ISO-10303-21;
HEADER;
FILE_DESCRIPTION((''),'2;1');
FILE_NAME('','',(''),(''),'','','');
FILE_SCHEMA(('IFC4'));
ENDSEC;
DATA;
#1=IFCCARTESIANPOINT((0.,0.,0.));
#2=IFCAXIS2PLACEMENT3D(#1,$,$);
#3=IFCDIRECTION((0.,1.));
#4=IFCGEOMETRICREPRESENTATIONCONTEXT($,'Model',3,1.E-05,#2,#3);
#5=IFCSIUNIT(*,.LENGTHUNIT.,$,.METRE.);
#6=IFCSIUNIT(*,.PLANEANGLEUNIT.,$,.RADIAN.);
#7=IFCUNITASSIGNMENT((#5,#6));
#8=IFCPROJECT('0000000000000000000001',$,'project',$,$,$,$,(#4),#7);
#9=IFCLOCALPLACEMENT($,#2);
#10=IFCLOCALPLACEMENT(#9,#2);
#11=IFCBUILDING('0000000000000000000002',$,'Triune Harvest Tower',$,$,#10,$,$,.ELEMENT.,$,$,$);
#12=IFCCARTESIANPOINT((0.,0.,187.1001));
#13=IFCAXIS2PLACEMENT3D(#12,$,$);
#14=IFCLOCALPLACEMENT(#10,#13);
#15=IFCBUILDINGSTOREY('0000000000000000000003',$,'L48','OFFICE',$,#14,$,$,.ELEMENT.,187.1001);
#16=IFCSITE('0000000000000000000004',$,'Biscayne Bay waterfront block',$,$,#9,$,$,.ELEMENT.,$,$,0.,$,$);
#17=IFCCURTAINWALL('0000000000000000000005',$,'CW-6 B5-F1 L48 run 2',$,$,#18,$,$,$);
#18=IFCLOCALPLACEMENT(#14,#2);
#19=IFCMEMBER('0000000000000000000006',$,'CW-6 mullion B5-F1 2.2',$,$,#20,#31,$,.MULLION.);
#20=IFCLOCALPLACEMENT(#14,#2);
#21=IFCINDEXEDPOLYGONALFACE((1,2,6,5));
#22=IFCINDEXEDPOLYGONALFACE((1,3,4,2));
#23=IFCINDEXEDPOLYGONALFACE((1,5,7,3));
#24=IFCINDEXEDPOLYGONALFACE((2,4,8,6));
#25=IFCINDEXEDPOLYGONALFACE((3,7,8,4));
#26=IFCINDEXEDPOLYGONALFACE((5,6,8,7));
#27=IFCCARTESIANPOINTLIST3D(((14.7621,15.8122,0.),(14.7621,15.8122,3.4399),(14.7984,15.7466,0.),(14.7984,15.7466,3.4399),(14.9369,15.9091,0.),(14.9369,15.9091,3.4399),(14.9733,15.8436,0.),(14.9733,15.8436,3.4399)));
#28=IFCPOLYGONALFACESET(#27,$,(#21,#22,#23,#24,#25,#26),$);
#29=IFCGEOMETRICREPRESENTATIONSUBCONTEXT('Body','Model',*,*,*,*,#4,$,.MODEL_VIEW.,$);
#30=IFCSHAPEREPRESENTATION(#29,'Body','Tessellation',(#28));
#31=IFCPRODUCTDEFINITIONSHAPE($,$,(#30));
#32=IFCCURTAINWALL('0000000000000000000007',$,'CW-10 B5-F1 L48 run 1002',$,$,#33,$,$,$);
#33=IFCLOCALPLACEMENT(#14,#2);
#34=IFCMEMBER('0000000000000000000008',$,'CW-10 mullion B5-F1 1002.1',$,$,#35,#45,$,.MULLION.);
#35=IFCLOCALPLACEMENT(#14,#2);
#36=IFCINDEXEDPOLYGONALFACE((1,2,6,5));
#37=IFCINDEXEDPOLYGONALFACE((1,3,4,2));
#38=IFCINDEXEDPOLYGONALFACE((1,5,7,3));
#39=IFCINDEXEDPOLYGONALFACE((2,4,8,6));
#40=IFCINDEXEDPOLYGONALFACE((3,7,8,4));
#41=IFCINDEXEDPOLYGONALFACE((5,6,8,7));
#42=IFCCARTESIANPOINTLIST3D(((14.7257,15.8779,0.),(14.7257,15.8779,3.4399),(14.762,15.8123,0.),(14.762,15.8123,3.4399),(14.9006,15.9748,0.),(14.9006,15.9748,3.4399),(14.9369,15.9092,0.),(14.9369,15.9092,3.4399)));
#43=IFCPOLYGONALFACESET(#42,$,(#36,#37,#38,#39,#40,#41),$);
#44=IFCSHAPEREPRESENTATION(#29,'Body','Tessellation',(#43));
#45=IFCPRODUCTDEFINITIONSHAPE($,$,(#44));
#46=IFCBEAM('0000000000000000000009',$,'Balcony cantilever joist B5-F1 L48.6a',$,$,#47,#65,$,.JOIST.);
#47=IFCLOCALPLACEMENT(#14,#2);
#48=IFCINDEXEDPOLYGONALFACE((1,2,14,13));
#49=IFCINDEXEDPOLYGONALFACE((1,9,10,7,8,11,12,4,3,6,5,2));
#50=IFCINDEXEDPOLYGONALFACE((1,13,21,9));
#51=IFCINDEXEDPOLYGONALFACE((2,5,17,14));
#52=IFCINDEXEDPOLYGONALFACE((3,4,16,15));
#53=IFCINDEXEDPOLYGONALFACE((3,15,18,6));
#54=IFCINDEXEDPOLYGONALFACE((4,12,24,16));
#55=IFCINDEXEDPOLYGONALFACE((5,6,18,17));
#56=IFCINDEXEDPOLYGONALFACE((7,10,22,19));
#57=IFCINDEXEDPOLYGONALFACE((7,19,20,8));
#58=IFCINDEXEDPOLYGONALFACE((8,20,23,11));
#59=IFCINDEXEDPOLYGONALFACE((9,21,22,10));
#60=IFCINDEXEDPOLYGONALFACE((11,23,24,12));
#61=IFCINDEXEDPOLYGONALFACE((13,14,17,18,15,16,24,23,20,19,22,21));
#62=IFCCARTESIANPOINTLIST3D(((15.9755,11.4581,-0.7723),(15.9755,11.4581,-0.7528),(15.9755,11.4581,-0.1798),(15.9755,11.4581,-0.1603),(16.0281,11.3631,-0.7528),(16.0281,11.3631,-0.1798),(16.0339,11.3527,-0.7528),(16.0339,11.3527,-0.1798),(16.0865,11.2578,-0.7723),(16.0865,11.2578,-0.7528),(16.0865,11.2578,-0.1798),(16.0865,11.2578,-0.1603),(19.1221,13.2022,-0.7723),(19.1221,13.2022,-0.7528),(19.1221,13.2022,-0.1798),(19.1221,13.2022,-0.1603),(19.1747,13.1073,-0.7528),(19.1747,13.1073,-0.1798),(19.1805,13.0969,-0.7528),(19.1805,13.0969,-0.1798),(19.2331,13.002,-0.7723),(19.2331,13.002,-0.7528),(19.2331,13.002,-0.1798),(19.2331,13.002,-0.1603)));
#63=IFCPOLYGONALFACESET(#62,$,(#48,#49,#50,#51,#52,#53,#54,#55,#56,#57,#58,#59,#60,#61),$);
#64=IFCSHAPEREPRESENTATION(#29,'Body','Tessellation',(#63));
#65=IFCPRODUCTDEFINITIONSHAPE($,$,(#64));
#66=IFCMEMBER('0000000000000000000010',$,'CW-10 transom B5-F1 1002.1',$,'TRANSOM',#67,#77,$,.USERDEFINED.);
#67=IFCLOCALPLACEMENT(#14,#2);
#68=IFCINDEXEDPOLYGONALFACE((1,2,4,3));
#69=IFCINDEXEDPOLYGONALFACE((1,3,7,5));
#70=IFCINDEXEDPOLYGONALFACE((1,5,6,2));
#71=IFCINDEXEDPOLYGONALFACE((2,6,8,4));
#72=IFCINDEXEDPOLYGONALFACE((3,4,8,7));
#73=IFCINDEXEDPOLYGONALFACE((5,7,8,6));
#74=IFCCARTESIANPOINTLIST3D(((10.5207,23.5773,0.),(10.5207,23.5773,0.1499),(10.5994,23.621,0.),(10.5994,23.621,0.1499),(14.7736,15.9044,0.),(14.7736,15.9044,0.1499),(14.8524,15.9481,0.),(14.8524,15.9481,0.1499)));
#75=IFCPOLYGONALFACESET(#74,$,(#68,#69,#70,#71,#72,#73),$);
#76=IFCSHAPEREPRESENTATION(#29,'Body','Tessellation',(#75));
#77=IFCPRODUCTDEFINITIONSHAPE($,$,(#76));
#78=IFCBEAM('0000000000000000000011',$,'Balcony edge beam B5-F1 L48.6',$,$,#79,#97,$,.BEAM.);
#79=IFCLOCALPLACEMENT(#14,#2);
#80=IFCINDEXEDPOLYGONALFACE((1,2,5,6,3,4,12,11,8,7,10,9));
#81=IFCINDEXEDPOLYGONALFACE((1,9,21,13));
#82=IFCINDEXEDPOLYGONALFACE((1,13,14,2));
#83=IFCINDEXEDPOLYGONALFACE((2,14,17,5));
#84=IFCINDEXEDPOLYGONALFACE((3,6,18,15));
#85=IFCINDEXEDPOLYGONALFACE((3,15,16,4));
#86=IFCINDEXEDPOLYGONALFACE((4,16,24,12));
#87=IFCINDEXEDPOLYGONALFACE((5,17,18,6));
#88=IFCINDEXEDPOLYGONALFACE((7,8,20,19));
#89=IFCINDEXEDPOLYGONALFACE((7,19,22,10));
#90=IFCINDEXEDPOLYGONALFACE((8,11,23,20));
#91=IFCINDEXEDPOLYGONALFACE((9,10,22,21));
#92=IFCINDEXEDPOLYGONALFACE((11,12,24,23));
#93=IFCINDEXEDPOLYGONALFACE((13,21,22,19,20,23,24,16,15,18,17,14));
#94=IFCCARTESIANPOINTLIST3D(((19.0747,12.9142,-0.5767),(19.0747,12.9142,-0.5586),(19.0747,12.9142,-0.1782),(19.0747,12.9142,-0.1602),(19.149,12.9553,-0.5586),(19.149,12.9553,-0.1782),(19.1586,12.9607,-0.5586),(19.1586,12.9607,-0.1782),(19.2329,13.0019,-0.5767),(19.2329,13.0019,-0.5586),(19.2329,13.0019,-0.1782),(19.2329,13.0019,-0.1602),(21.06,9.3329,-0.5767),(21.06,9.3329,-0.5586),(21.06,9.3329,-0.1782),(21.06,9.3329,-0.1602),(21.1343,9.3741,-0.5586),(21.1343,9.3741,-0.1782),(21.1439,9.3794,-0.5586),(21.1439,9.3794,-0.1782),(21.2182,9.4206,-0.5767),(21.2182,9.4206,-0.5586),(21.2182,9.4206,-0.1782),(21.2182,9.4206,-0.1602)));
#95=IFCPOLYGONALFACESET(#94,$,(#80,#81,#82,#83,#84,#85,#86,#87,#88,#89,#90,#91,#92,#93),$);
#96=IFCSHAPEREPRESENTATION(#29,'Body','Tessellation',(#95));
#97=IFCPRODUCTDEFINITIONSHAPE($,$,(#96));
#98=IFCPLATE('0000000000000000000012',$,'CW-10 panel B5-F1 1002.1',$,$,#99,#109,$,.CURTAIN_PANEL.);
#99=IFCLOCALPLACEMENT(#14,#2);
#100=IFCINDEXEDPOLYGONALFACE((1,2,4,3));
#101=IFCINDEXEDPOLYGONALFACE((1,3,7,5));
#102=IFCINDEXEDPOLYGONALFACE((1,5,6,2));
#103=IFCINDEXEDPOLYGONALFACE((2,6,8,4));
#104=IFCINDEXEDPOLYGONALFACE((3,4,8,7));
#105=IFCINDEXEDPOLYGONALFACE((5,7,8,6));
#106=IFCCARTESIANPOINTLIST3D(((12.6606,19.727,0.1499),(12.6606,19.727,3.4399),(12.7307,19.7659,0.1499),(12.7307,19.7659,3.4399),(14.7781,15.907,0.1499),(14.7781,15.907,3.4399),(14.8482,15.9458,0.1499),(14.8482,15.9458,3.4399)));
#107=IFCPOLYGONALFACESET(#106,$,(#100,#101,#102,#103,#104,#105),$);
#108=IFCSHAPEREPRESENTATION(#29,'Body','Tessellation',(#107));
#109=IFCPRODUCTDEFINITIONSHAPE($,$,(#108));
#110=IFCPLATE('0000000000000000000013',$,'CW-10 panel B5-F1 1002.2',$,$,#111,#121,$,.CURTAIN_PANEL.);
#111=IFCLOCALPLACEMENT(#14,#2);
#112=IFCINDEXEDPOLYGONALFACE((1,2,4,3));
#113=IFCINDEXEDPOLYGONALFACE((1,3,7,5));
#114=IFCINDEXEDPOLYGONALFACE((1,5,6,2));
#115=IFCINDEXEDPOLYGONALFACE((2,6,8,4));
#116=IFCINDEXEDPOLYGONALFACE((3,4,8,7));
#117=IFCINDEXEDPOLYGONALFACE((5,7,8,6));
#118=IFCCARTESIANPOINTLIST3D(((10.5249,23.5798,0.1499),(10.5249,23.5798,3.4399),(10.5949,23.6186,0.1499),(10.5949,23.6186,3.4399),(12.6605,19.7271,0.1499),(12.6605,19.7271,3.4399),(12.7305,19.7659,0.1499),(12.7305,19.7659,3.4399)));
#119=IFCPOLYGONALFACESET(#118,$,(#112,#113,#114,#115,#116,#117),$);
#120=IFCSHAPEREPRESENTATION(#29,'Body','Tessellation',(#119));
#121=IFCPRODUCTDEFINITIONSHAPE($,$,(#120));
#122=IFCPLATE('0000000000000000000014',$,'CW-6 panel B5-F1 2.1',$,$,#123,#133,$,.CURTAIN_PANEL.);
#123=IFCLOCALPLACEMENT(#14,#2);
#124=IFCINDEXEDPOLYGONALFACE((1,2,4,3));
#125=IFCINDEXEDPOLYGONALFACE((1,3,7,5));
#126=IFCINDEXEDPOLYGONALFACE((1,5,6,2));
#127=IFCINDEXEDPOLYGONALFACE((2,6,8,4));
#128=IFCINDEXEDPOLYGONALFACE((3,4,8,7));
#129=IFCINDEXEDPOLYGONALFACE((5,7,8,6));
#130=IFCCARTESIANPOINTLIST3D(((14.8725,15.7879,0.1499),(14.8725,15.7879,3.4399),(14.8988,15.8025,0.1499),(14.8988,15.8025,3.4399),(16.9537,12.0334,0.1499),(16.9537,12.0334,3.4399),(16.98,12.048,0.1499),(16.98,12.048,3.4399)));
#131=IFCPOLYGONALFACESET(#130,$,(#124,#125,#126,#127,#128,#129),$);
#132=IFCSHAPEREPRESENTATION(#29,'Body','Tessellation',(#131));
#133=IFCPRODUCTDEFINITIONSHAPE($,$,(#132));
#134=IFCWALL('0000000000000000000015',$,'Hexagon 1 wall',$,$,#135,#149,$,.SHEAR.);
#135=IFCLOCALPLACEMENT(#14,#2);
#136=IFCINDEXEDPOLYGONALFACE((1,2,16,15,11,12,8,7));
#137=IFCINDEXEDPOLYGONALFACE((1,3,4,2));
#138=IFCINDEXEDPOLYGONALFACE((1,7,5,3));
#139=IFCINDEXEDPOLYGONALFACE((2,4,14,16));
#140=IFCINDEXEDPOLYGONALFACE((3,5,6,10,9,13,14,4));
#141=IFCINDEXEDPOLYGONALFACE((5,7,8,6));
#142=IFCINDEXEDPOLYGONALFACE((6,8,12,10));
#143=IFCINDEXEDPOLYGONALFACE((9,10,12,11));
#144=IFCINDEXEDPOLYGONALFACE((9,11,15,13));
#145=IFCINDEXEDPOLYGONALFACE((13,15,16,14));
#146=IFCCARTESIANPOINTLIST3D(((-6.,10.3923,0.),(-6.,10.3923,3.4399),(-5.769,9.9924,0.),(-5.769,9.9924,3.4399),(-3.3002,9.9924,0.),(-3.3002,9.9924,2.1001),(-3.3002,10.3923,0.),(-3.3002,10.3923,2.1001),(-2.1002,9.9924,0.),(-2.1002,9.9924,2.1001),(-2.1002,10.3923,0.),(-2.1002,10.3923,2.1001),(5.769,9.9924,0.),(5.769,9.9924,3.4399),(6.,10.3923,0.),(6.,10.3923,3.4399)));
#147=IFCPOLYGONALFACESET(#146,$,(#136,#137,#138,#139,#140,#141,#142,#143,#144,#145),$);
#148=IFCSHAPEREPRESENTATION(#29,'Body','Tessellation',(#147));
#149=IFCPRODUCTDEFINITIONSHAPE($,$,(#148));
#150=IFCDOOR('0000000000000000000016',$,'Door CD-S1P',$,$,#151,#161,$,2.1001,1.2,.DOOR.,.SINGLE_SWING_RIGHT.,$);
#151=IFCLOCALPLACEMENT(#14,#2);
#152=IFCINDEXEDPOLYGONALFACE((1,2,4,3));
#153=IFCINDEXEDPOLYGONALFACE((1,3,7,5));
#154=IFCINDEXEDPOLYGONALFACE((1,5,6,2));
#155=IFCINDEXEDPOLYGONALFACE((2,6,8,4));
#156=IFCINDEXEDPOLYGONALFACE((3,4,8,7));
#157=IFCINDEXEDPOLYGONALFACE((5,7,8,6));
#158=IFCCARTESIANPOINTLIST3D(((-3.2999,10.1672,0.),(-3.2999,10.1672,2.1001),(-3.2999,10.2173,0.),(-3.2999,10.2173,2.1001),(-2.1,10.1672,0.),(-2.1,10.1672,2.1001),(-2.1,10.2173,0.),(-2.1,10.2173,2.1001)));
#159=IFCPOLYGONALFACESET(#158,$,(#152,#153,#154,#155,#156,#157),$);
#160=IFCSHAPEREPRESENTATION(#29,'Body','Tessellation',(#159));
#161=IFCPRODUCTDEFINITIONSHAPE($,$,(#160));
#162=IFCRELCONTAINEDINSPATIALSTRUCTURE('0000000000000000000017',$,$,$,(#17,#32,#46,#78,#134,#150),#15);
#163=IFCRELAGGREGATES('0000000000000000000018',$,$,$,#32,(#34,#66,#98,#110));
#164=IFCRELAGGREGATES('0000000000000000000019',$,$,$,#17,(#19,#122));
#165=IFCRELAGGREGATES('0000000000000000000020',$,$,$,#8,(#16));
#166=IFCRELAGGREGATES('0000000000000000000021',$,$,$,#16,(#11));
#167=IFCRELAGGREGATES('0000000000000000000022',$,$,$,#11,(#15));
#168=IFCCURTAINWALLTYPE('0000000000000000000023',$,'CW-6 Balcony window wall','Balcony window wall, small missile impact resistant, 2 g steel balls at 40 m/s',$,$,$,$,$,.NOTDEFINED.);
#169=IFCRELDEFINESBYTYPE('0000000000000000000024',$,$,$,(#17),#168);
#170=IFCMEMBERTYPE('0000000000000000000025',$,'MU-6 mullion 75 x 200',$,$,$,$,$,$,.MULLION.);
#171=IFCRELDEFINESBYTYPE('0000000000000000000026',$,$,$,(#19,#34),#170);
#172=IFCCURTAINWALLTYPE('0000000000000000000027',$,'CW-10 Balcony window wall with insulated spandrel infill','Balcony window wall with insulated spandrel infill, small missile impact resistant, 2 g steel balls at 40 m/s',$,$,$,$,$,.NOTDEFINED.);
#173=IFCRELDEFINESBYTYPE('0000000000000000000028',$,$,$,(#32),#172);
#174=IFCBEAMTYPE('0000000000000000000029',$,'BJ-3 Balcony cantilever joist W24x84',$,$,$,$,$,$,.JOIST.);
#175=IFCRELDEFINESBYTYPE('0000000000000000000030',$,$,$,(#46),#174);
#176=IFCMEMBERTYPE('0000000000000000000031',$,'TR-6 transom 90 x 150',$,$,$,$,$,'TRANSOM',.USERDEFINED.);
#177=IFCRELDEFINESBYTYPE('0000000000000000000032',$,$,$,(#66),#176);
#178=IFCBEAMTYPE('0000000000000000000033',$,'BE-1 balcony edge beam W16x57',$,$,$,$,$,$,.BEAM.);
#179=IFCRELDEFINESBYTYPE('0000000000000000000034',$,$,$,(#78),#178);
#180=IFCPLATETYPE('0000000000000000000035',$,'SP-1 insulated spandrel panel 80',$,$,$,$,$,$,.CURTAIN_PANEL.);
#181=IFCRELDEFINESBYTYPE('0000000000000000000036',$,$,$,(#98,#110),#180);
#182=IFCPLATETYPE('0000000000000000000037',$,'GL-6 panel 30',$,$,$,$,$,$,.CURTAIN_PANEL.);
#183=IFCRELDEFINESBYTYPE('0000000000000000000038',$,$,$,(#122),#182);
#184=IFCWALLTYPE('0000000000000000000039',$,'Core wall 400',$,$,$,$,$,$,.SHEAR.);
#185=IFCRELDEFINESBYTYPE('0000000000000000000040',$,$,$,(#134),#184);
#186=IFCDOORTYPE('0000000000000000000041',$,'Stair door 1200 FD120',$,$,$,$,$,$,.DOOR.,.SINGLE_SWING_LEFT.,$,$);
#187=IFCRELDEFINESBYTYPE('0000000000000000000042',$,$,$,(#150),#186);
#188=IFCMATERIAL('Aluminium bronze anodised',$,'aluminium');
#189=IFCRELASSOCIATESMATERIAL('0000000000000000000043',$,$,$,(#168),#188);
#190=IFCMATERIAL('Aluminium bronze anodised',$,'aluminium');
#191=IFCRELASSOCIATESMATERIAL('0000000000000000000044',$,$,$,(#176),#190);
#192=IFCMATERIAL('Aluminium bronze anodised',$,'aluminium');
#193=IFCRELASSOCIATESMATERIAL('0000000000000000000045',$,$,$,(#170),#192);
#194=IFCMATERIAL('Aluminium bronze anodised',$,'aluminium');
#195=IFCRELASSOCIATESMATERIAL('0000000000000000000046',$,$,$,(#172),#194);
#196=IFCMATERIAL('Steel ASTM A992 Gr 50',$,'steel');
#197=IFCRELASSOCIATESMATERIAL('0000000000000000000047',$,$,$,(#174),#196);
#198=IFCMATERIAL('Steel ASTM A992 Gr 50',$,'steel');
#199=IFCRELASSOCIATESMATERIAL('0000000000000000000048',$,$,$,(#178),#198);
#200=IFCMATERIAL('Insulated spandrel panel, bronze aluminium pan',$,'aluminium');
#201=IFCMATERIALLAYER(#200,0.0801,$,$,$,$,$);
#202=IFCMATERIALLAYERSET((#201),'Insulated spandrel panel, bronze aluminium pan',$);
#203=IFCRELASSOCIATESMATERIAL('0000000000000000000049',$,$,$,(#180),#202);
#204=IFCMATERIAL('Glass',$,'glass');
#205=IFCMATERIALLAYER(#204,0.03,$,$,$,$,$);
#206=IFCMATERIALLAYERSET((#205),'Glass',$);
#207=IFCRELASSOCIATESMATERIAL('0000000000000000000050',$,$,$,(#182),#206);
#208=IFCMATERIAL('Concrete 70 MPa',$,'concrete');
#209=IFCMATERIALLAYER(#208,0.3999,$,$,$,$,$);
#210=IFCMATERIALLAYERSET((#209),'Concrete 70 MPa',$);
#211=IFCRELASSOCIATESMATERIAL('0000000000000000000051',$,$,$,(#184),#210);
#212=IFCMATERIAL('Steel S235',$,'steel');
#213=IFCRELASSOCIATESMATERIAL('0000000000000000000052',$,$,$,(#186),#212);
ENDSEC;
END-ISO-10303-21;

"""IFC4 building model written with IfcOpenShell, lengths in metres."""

from ifc_helpers import new_model, si_unit, direction, frame, frame_2d, origin, origin_2d, place, context, subcontext, project, spatial, polyline, rectangle, i_section, outline, extrude, source, transform, mapped, material, layer, layer_set, material_profile, profile_set, type_object, element, fill, aggregate, save


model = new_model("IFC4")

# Units and contexts
model_context = context("Model", 3, precision=1e-05, world=origin(), true_north=direction((0.0, 1.0)))
body_context = subcontext(model_context, "Body", "Model", "MODEL_VIEW")
ifc_project = project(units=[si_unit("LENGTHUNIT", "METRE"), si_unit("PLANEANGLEUNIT", "RADIAN")], contexts=[model_context])

# Site, building, storey
site_placement = place(None, origin())
site = spatial("IfcSite", under=ifc_project, at=site_placement, Name="Biscayne Bay waterfront block", CompositionType="ELEMENT", RefElevation=0.0)
building_placement = place(site_placement, origin())
building = spatial("IfcBuilding", under=site, at=building_placement, Name="Triune Harvest Tower", CompositionType="ELEMENT")
storey_placement = place(building_placement, frame((0.0, 0.0, 187.1001)))
storey = spatial("IfcBuildingStorey", under=building, at=storey_placement, Name="L48", Description="OFFICE", CompositionType="ELEMENT", Elevation=187.1001)

# Curtain wall
ifc_material_1 = material(Name="Aluminium bronze anodised", Category="aluminium")
curtain_wall_type_1 = type_object("IfcCurtainWallType", Name="CW-6 Balcony window wall", Description="Balcony window wall, small missile impact resistant, 2 g steel balls at 40 m/s", PredefinedType="NOTDEFINED", material=ifc_material_1)
curtain_wall_1_placement = place(storey_placement, origin())
curtain_wall_1 = element("IfcCurtainWall", 1, at=curtain_wall_1_placement, inside=storey, type_object=curtain_wall_type_1, Name="CW-6 B5-F1 L48 run 2")
ifc_material_2 = material(Name="Aluminium bronze anodised", Category="aluminium")
ifc_material_profile_1 = material_profile(ifc_material_2, rectangle(XDim=0.0901, YDim=0.1499, at=origin_2d()), Name="TR-6 transom 90 x 150")
ifc_profile_set_1 = profile_set([ifc_material_profile_1], Name="Aluminium bronze anodised")
member_type_1 = type_object("IfcMemberType", Name="TR-6 transom 90 x 150", ElementType="TRANSOM", PredefinedType="USERDEFINED", material=ifc_profile_set_1)

# Member
ifc_material_3 = material(Name="Aluminium bronze anodised", Category="aluminium")
ifc_material_profile_2 = material_profile(ifc_material_3, rectangle(XDim=0.2, YDim=0.075, at=origin_2d()), Name="MU-6 mullion 75 x 200")
ifc_profile_set_2 = profile_set([ifc_material_profile_2], Name="Aluminium bronze anodised")
member_type_2 = type_object("IfcMemberType", Name="MU-6 mullion 75 x 200", PredefinedType="MULLION", material=ifc_profile_set_2)
shared_shape_1 = source(origin(), body_context, "Body", "SweptSolid", [
    extrude(rectangle(XDim=0.2, YDim=0.075, at=origin_2d()), origin(), (0.0, 0.0, 1.0), 3.4399),
])
member_1_placement = place(storey_placement, frame((14.8677, 15.8279, 0.0), z_axis=(0.0, 0.0, 1.0), x_axis=(-0.874616, -0.484816, 0.0)))
member_1 = element("IfcMember", 2, at=member_1_placement, type_object=member_type_2, Name="CW-6 mullion B5-F1 2.2", PredefinedType="MULLION", context=body_context, shape_type="MappedRepresentation", body=[
    mapped(shared_shape_1, transform((0.0, 0.0, 0.0), scale=1.0)),
])

# Curtain wall, member
ifc_material_4 = material(Name="Aluminium bronze anodised", Category="aluminium")
curtain_wall_type_2 = type_object("IfcCurtainWallType", Name="CW-10 Balcony window wall with insulated spandrel infill", Description="Balcony window wall with insulated spandrel infill, small missile impact resistant, 2 g steel balls at 40 m/s", PredefinedType="NOTDEFINED", material=ifc_material_4)
curtain_wall_2_placement = place(storey_placement, origin())
curtain_wall_2 = element("IfcCurtainWall", 3, at=curtain_wall_2_placement, inside=storey, type_object=curtain_wall_type_2, Name="CW-10 B5-F1 L48 run 1002")
member_2_placement = place(storey_placement, frame((14.8313, 15.8936, 0.0), z_axis=(0.0, 0.0, 1.0), x_axis=(-0.874621, -0.484807, 0.0)))
member_2 = element("IfcMember", 4, at=member_2_placement, type_object=member_type_2, Name="CW-10 mullion B5-F1 1002.1", PredefinedType="MULLION", context=body_context, shape_type="MappedRepresentation", body=[
    mapped(shared_shape_1, transform((0.0, 0.0, 0.0), scale=1.0)),
])

# Beam
ifc_material_5 = material(Name="Steel ASTM A992 Gr 50", Category="steel")
ifc_material_profile_3 = material_profile(ifc_material_5, i_section(OverallWidth=0.229, OverallDepth=0.6121, WebThickness=0.012, FlangeThickness=0.0195, at=origin_2d()), Name="W24x84")
ifc_profile_set_3 = profile_set([ifc_material_profile_3], Name="Steel ASTM A992 Gr 50")
beam_type_1 = type_object("IfcBeamType", Name="BJ-3 Balcony cantilever joist W24x84", PredefinedType="JOIST", material=ifc_profile_set_3)
shared_shape_2 = source(origin(), body_context, "Body", "SweptSolid", [
    extrude(i_section(OverallWidth=0.229, OverallDepth=0.6121, WebThickness=0.012, FlangeThickness=0.0195, at=origin_2d()), origin(), (0.0, 0.0, 1.0), 3.5977),
])
beam_1_placement = place(storey_placement, frame((16.031, 11.3579, -0.4663), z_axis=(0.874618, 0.484813, 0.0), x_axis=(-0.484813, 0.874618, 0.0)))
element("IfcBeam", 5, at=beam_1_placement, inside=storey, type_object=beam_type_1, Name="Balcony cantilever joist B5-F1 L48.6a", PredefinedType="JOIST", context=body_context, shape_type="MappedRepresentation", body=[
    mapped(shared_shape_2, transform((0.0, 0.0, 0.0), scale=1.0)),
])

# Member
shared_shape_3 = source(origin(), body_context, "Body", "SweptSolid", [
    extrude(rectangle(XDim=0.0901, YDim=0.1499, at=origin_2d()), origin(), (0.0, 0.0, 1.0), 8.7727),
])
member_3_placement = place(storey_placement, frame((14.813, 15.9263, 0.075), z_axis=(-0.484792, 0.874629, 0.0), x_axis=(-0.874629, -0.484792, 0.0)))
member_3 = element("IfcMember", 6, at=member_3_placement, type_object=member_type_1, Name="CW-10 transom B5-F1 1002.1", ObjectType="TRANSOM", PredefinedType="USERDEFINED", context=body_context, shape_type="MappedRepresentation", body=[
    mapped(shared_shape_3, transform((0.0, 0.0, 0.0), scale=1.0)),
])

# Beam
ifc_material_6 = material(Name="Steel ASTM A992 Gr 50", Category="steel")
ifc_material_profile_4 = material_profile(ifc_material_6, i_section(OverallWidth=0.1809, OverallDepth=0.4165, WebThickness=0.011, FlangeThickness=0.0181, at=origin_2d()), Name="W16x57")
ifc_profile_set_4 = profile_set([ifc_material_profile_4], Name="Steel ASTM A992 Gr 50")
beam_type_2 = type_object("IfcBeamType", Name="BE-1 balcony edge beam W16x57", PredefinedType="BEAM", material=ifc_profile_set_4)
shared_shape_4 = source(origin(), body_context, "Body", "SweptSolid", [
    extrude(i_section(OverallWidth=0.1809, OverallDepth=0.4165, WebThickness=0.011, FlangeThickness=0.0181, at=origin_2d()), origin(), (0.0, 0.0, 1.0), 4.0947),
])
beam_2_placement = place(storey_placement, frame((19.1538, 12.958, -0.3684), z_axis=(0.484848, -0.874598, 0.0), x_axis=(0.874598, 0.484848, 0.0)))
element("IfcBeam", 7, at=beam_2_placement, inside=storey, type_object=beam_type_2, Name="Balcony edge beam B5-F1 L48.6", PredefinedType="BEAM", context=body_context, shape_type="MappedRepresentation", body=[
    mapped(shared_shape_4, transform((0.0, 0.0, 0.0), scale=1.0)),
])

# Plates
ifc_material_7 = material(Name="Insulated spandrel panel, bronze aluminium pan", Category="aluminium")
ifc_layer_1 = layer(ifc_material_7, 0.0801)
ifc_layer_set_1 = layer_set([ifc_layer_1], Name="Insulated spandrel panel, bronze aluminium pan")
plate_type_1 = type_object("IfcPlateType", Name="SP-1 insulated spandrel panel 80", PredefinedType="CURTAIN_PANEL", material=ifc_layer_set_1)
shared_shape_5 = source(origin(), body_context, "Body", "SweptSolid", [
    extrude(rectangle(XDim=4.3677, YDim=0.0801, at=origin_2d()), origin(), (0.0, 0.0, 1.0), 3.29),
])
plate_1_placement = place(storey_placement, frame((13.7544, 17.8364, 0.1499), z_axis=(0.0, 0.0, 1.0), x_axis=(-0.484807, 0.874621, 0.0)))
plate_1 = element("IfcPlate", 8, at=plate_1_placement, type_object=plate_type_1, Name="CW-10 panel B5-F1 1002.1", PredefinedType="CURTAIN_PANEL", context=body_context, shape_type="MappedRepresentation", body=[
    mapped(shared_shape_5, transform((0.0, 0.0, 0.0), scale=1.0)),
])
shared_shape_6 = source(origin(), body_context, "Body", "SweptSolid", [
    extrude(rectangle(XDim=4.405, YDim=0.0801, at=origin_2d()), origin(), (0.0, 0.0, 1.0), 3.29),
])
plate_2_placement = place(storey_placement, frame((11.6277, 21.6729, 0.1499), z_axis=(0.0, 0.0, 1.0), x_axis=(-0.484807, 0.874621, 0.0)))
plate_2 = element("IfcPlate", 9, at=plate_2_placement, type_object=plate_type_1, Name="CW-10 panel B5-F1 1002.2", PredefinedType="CURTAIN_PANEL", context=body_context, shape_type="MappedRepresentation", body=[
    mapped(shared_shape_6, transform((0.0, 0.0, 0.0), scale=1.0)),
])
aggregate(curtain_wall_2, [member_2, member_3, plate_1, plate_2])
ifc_material_8 = material(Name="Glass", Category="glass")
ifc_layer_2 = layer(ifc_material_8, 0.03)
ifc_layer_set_2 = layer_set([ifc_layer_2], Name="Glass")
plate_type_2 = type_object("IfcPlateType", Name="GL-6 panel 30", PredefinedType="CURTAIN_PANEL", material=ifc_layer_set_2)
shared_shape_7 = source(origin(), body_context, "Body", "SweptSolid", [
    extrude(rectangle(XDim=4.2927, YDim=0.03, at=origin_2d()), origin(), (0.0, 0.0, 1.0), 3.29),
])
plate_3_placement = place(storey_placement, frame((15.9263, 13.918, 0.1499), z_axis=(0.0, 0.0, 1.0), x_axis=(-0.484816, 0.874616, 0.0)))
plate_3 = element("IfcPlate", 10, at=plate_3_placement, type_object=plate_type_2, Name="CW-6 panel B5-F1 2.1", PredefinedType="CURTAIN_PANEL", context=body_context, shape_type="MappedRepresentation", body=[
    mapped(shared_shape_7, transform((0.0, 0.0, 0.0), scale=1.0)),
])
aggregate(curtain_wall_1, [member_1, plate_3])

# Wall, opening, door
ifc_material_9 = material(Name="Concrete 70 MPa", Category="concrete")
ifc_layer_3 = layer(ifc_material_9, 0.3999)
ifc_layer_set_3 = layer_set([ifc_layer_3], Name="Concrete 70 MPa")
wall_type_1 = type_object("IfcWallType", Name="Core wall 400", PredefinedType="SHEAR", material=ifc_layer_set_3)
shared_shape_8 = source(origin(), body_context, "Body", "SweptSolid", [
    extrude(outline(polyline([(-0.1155, -0.2), (11.8845, -0.2), (11.6536, 0.2), (0.1155, 0.2), (-0.1155, -0.2)])), origin(), (0.0, 0.0, 1.0), 3.4399),
])
wall_1_placement = place(storey_placement, frame((5.8845, 10.1924, 0.0), z_axis=(0.0, 0.0, 1.0), x_axis=(-1.0, 0.0, 0.0)))
wall_1 = element("IfcWall", 11, at=wall_1_placement, inside=storey, type_object=wall_type_1, Name="Hexagon 1 wall", PredefinedType="SHEAR", context=body_context, shape_type="MappedRepresentation", body=[
    mapped(shared_shape_8, transform((0.0, 0.0, 0.0), scale=1.0)),
])
opening_1_placement = place(wall_1_placement, frame((7.9846, 0.0, 0.0)))
opening_1 = element("IfcOpeningElement", 12, at=opening_1_placement, cuts=wall_1, PredefinedType="OPENING", context=body_context, shape_type="SweptSolid", body=[
    extrude(rectangle(XDim=1.2, YDim=2.1001, at=frame_2d((0.6001, 1.05))), frame((0.0, 0.21, 0.0), z_axis=(0.0, -1.0, 0.0), x_axis=(1.0, 0.0, 0.0)), (0.0, 0.0, 1.0), 0.4199),
])
ifc_material_10 = material(Name="Steel S235", Category="steel")
door_type_1 = type_object("IfcDoorType", Name="Stair door 1200 FD120", OperationType="SINGLE_SWING_LEFT", PredefinedType="DOOR", material=ifc_material_10)
door_1_placement = place(opening_1_placement, frame((1.2, 0.0, 0.0), z_axis=(0.0, 0.0, 1.0), x_axis=(-1.0, 0.0, 0.0)))
door_1 = element("IfcDoor", 13, at=door_1_placement, inside=storey, type_object=door_type_1, Name="Door CD-S1P", OperationType="SINGLE_SWING_RIGHT", OverallHeight=2.1001, OverallWidth=1.2, PredefinedType="DOOR", context=body_context, shape_type="SweptSolid", body=[
    extrude(rectangle(XDim=1.2, YDim=2.1001, at=frame_2d((0.6001, 1.05))), frame((0.0, 0.0249, 0.0), z_axis=(0.0, -1.0, 0.0), x_axis=(1.0, 0.0, 0.0)), (0.0, 0.0, 1.0), 0.05),
])
fill(opening_1, door_1)

save(model, "model.ifc")
